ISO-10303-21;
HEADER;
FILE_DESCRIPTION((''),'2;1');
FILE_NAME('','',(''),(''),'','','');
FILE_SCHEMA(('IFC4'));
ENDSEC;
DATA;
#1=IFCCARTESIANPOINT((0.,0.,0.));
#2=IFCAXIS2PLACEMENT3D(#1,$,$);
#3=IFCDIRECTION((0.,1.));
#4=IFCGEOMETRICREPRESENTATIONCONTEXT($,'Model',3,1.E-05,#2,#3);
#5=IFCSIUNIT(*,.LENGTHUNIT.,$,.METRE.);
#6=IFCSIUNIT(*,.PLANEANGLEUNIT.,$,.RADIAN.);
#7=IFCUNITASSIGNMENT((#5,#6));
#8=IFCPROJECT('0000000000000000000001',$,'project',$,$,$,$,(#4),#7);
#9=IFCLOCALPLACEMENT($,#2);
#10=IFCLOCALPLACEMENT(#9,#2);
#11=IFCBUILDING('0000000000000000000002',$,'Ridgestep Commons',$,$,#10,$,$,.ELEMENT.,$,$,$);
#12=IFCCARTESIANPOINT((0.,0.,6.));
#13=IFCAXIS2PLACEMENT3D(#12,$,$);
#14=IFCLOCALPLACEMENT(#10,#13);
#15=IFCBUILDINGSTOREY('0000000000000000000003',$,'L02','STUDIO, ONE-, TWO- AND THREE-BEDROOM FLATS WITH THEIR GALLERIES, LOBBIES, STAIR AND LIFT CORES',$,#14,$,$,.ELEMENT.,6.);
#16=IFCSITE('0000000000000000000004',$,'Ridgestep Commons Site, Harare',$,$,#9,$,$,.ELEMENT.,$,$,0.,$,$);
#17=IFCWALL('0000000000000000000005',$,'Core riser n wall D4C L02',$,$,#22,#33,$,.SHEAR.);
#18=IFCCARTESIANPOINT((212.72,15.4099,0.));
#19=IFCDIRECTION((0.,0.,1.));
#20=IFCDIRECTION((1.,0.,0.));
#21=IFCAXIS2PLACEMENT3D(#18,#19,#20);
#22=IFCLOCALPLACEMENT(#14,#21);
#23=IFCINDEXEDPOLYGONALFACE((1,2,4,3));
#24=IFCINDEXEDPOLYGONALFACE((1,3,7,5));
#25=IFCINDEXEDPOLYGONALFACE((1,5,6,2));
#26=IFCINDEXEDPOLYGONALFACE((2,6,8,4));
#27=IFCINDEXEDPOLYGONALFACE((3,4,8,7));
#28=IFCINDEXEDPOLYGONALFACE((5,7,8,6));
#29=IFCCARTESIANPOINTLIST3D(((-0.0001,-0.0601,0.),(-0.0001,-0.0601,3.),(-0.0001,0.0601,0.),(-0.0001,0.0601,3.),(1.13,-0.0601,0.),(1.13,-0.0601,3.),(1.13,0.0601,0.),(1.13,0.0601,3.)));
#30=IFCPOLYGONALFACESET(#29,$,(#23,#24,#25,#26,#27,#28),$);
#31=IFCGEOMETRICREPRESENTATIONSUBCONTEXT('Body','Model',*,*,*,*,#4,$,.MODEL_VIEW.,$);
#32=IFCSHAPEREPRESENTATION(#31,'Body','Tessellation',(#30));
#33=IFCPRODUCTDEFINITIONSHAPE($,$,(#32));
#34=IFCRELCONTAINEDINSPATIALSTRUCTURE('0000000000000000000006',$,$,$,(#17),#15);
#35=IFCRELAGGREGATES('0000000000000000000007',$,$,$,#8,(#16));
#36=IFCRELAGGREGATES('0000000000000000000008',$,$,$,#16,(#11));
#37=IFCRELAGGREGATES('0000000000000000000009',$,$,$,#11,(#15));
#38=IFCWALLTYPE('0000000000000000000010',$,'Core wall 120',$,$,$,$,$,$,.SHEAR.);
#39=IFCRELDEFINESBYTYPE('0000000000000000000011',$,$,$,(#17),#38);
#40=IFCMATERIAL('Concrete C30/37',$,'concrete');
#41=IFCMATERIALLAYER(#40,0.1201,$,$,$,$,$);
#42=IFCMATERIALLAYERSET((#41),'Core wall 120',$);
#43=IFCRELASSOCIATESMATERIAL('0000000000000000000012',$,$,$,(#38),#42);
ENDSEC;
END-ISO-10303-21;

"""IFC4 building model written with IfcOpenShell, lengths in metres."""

from ifc_helpers import new_model, si_unit, direction, frame, frame_2d, origin, place, context, subcontext, project, spatial, rectangle, extrude, material, layer, layer_set, type_object, element, save


model = new_model("IFC4")

# Units and contexts
model_context = context("Model", 3, precision=1e-05, world=origin(), true_north=direction((0.0, 1.0)))
body_context = subcontext(model_context, "Body", "Model", "MODEL_VIEW")
ifc_project = project(units=[si_unit("LENGTHUNIT", "METRE"), si_unit("PLANEANGLEUNIT", "RADIAN")], contexts=[model_context])

# Site, building, storey
site_placement = place(None, origin())
site = spatial("IfcSite", under=ifc_project, at=site_placement, Name="Ridgestep Commons Site, Harare", CompositionType="ELEMENT", RefElevation=0.0)
building_placement = place(site_placement, origin())
building = spatial("IfcBuilding", under=site, at=building_placement, Name="Ridgestep Commons", CompositionType="ELEMENT")
storey_placement = place(building_placement, frame((0.0, 0.0, 6.0)))
storey = spatial("IfcBuildingStorey", under=building, at=storey_placement, Name="L02", Description="STUDIO, ONE-, TWO- AND THREE-BEDROOM FLATS WITH THEIR GALLERIES, LOBBIES, STAIR AND LIFT CORES", CompositionType="ELEMENT", Elevation=6.0)

# Shared definitions
ifc_material_1 = material(Name="Concrete C30/37", Category="concrete")
ifc_layer_1 = layer(ifc_material_1, 0.1201)
ifc_layer_set_1 = layer_set([ifc_layer_1], Name="Core wall 120")
wall_type_1 = type_object("IfcWallType", Name="Core wall 120", PredefinedType="SHEAR", material=ifc_layer_set_1)

# Wall
wall_1_placement = place(storey_placement, frame((212.72, 15.4099, 0.0), z_axis=(0.0, 0.0, 1.0), x_axis=(1.0, 0.0, 0.0)))
element("IfcWall", 1, at=wall_1_placement, inside=storey, type_object=wall_type_1, Name="Core riser n wall D4C L02", PredefinedType="SHEAR", context=body_context, shape_type="SweptSolid", body=[
    extrude(rectangle(XDim=1.1301, YDim=0.1201, at=frame_2d((0.5649, 0.0))), origin(), (0.0, 0.0, 1.0), 3.0),
])

save(model, "model.ifc")
